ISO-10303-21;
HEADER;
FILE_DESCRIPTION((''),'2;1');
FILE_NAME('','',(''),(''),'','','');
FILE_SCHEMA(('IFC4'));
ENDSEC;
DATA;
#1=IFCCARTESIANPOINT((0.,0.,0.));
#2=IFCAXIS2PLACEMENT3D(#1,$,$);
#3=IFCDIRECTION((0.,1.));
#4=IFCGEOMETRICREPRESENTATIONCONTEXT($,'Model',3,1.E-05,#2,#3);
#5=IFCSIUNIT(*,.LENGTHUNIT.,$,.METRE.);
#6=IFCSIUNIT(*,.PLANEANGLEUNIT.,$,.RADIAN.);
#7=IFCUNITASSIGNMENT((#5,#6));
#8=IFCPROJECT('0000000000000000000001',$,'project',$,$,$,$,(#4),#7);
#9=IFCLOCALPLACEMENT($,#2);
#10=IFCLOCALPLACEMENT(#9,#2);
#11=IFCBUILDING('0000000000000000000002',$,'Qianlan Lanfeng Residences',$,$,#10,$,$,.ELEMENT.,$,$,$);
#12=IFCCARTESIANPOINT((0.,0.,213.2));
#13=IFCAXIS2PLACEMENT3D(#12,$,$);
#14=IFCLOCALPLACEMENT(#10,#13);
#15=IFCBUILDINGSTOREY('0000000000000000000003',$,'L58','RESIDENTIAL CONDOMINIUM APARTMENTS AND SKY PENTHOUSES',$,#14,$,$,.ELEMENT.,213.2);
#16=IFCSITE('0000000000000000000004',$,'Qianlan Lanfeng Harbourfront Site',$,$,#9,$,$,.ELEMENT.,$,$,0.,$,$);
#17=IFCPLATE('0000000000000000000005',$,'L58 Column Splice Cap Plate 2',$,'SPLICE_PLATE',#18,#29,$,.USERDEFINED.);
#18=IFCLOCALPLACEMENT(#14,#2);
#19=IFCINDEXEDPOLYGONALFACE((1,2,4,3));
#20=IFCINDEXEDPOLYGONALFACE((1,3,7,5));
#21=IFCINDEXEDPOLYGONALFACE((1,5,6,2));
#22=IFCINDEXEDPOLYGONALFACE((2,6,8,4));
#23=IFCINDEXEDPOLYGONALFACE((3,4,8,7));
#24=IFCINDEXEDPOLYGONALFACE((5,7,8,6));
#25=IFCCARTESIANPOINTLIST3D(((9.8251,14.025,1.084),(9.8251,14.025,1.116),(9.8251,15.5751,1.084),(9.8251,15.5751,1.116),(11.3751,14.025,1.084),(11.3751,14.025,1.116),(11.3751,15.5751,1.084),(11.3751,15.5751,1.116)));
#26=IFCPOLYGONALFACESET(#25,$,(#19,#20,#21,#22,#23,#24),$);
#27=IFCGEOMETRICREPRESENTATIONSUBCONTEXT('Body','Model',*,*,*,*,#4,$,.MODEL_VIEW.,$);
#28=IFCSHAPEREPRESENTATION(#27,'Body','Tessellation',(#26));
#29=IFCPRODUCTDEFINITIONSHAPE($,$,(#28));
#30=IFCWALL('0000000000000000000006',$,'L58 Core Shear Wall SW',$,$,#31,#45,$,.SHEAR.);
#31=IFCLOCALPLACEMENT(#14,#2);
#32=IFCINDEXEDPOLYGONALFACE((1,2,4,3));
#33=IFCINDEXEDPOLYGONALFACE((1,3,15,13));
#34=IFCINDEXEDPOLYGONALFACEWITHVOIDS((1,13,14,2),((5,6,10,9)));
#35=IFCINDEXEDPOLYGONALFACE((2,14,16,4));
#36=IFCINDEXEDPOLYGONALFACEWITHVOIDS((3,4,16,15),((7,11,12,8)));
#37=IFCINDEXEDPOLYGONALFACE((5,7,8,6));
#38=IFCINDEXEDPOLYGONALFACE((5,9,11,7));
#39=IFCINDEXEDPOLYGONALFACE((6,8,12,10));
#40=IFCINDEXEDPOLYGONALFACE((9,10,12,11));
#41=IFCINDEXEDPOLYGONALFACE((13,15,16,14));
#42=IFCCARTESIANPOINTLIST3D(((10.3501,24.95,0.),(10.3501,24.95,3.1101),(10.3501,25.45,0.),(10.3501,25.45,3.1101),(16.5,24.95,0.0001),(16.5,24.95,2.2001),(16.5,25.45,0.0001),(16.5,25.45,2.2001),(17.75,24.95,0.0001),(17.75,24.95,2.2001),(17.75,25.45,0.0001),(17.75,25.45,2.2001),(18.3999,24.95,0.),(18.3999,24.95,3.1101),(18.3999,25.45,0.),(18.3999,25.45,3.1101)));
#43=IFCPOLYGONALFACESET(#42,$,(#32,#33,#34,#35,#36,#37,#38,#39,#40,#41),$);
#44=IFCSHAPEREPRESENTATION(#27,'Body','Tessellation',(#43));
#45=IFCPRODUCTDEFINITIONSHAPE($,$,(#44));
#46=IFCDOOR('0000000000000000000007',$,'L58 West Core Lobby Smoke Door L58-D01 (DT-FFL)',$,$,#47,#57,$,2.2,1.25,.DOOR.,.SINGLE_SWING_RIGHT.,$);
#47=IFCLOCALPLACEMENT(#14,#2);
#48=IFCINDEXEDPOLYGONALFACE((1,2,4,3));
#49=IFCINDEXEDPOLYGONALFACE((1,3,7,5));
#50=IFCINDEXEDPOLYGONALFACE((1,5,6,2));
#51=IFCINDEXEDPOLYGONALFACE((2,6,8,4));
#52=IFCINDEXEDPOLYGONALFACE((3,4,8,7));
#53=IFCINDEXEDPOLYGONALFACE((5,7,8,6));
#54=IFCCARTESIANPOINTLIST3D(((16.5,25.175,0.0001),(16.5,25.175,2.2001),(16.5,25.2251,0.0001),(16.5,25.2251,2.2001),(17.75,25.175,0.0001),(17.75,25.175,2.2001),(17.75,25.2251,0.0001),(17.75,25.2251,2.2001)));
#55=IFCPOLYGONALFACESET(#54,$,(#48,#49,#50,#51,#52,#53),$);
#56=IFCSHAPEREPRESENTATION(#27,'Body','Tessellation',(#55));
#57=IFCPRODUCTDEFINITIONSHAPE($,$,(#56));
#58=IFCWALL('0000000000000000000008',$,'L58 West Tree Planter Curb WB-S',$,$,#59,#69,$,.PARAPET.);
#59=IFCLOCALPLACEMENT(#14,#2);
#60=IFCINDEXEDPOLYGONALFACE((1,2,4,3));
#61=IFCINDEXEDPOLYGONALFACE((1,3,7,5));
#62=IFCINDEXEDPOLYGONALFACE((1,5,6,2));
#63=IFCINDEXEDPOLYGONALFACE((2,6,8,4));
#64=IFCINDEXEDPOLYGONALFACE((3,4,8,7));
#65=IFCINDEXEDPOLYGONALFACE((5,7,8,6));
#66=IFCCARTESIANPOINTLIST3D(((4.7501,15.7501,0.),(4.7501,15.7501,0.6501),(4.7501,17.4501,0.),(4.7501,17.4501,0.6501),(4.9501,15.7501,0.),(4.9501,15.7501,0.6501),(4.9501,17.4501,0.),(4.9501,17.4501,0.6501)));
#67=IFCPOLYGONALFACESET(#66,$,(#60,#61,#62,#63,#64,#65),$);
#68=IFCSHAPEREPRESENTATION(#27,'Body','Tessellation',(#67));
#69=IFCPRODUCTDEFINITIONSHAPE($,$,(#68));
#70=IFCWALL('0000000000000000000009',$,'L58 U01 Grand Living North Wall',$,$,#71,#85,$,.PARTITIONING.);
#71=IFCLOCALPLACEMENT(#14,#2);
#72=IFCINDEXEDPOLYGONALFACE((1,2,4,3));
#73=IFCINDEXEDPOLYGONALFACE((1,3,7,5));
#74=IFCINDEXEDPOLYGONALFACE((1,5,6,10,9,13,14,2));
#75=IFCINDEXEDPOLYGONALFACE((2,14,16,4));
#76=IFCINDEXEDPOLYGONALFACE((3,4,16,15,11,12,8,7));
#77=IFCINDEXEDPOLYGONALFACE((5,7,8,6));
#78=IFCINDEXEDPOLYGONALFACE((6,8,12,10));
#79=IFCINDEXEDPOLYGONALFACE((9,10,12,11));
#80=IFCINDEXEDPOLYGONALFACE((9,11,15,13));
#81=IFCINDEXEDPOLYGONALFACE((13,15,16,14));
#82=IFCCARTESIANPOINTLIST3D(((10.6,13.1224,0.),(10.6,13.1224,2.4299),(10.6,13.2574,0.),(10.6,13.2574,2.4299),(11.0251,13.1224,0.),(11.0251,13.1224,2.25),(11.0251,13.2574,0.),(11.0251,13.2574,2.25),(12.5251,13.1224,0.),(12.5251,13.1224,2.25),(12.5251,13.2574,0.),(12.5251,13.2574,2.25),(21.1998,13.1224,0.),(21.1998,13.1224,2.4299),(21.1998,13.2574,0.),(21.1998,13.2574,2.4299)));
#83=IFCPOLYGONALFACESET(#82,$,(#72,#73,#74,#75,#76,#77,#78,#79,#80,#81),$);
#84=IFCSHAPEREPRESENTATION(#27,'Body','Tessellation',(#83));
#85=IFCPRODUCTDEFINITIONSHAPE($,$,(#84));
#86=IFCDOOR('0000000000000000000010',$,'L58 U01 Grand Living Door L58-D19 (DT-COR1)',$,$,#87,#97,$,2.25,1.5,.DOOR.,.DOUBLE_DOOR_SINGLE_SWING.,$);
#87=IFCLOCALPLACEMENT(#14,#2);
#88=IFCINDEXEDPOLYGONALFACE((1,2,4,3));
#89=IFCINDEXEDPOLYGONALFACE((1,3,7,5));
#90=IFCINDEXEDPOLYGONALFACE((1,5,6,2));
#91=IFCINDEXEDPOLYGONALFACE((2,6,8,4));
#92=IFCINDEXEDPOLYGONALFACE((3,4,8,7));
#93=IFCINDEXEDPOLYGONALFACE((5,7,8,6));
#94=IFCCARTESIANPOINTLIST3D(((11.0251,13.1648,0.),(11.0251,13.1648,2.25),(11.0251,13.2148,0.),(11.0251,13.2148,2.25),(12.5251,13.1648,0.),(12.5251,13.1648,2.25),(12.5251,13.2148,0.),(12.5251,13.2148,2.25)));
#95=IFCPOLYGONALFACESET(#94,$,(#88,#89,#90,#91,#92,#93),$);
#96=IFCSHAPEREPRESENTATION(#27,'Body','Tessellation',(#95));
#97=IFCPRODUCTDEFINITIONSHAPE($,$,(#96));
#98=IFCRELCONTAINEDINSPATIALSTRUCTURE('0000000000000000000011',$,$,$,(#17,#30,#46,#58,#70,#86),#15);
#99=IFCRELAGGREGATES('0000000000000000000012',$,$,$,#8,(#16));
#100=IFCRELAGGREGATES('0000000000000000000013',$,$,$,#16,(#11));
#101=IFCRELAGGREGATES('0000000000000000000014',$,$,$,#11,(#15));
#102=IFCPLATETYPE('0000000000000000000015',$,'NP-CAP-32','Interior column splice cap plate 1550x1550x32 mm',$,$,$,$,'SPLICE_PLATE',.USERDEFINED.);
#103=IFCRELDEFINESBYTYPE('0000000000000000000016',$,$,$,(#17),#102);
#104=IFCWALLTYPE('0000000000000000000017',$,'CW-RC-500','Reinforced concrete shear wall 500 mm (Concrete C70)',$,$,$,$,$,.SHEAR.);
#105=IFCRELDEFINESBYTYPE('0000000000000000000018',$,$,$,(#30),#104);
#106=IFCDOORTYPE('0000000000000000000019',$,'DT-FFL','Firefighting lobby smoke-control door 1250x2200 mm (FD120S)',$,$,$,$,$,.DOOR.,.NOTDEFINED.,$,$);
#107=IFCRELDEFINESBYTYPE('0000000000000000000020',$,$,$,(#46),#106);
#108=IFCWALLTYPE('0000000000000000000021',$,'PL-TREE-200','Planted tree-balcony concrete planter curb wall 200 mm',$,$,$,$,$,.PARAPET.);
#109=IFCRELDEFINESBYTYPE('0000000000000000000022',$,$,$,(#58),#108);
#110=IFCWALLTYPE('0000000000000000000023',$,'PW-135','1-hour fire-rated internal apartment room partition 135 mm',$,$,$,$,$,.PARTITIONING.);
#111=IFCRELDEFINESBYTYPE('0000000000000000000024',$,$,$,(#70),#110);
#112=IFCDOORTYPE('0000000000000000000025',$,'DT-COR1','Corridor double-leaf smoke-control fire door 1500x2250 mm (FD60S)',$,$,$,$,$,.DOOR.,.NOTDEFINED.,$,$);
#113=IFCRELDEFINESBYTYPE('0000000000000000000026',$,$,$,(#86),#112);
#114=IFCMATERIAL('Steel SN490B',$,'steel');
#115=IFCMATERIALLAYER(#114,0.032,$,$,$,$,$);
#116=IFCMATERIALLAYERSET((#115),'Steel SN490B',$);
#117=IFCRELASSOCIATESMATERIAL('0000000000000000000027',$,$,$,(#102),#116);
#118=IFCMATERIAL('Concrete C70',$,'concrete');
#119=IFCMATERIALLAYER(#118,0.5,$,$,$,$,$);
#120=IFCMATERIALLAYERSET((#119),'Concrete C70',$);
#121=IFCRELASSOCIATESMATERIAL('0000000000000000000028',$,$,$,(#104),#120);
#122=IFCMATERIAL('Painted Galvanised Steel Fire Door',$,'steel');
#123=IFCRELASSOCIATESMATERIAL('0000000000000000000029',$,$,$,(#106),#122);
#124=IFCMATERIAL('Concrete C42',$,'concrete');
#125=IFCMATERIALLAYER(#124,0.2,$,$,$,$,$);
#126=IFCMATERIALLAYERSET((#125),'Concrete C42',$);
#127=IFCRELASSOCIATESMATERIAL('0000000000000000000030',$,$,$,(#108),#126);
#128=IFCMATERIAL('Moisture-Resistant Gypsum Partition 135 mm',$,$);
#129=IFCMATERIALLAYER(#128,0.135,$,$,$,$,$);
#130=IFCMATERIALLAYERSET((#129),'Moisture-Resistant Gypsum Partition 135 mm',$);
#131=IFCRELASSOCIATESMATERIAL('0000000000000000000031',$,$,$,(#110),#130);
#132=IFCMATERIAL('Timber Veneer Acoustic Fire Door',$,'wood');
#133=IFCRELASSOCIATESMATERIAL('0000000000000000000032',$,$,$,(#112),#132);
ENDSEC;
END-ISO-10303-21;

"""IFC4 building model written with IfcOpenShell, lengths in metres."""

from ifc_helpers import new_model, si_unit, direction, frame, frame_2d, origin, origin_2d, place, context, subcontext, project, spatial, rectangle, extrude, source, transform, mapped, material, layer, layer_set, type_object, element, fill, save


model = new_model("IFC4")

# Units and contexts
model_context = context("Model", 3, precision=1e-05, world=origin(), true_north=direction((0.0, 1.0)))
body_context = subcontext(model_context, "Body", "Model", "MODEL_VIEW")
ifc_project = project(units=[si_unit("LENGTHUNIT", "METRE"), si_unit("PLANEANGLEUNIT", "RADIAN")], contexts=[model_context])

# Site, building, storey
site_placement = place(None, origin())
site = spatial("IfcSite", under=ifc_project, at=site_placement, Name="Qianlan Lanfeng Harbourfront Site", CompositionType="ELEMENT", RefElevation=0.0)
building_placement = place(site_placement, origin())
building = spatial("IfcBuilding", under=site, at=building_placement, Name="Qianlan Lanfeng Residences", CompositionType="ELEMENT")
storey_placement = place(building_placement, frame((0.0, 0.0, 213.2)))
storey = spatial("IfcBuildingStorey", under=building, at=storey_placement, Name="L58", Description="RESIDENTIAL CONDOMINIUM APARTMENTS AND SKY PENTHOUSES", CompositionType="ELEMENT", Elevation=213.2)

# Shared definitions
ifc_material_1 = material(Name="Steel SN490B", Category="steel")

# Plate
ifc_layer_1 = layer(ifc_material_1, 0.032)
ifc_layer_set_1 = layer_set([ifc_layer_1], Name="Steel SN490B")
plate_type = type_object("IfcPlateType", Name="NP-CAP-32", Description="Interior column splice cap plate 1550x1550x32 mm", ElementType="SPLICE_PLATE", PredefinedType="USERDEFINED", material=ifc_layer_set_1)
shared_shape = source(origin(), body_context, "Body", "SweptSolid", [
    extrude(rectangle(XDim=1.55, YDim=1.55, at=origin_2d()), origin(), (0.0, 0.0, 1.0), 0.032),
])
plate_placement = place(storey_placement, frame((10.6001, 14.8, 1.084), z_axis=(0.0, 0.0, 1.0), x_axis=(1.0, 0.0, 0.0)))
element("IfcPlate", 1, at=plate_placement, inside=storey, type_object=plate_type, Name="L58 Column Splice Cap Plate 2", ObjectType="SPLICE_PLATE", PredefinedType="USERDEFINED", context=body_context, shape_type="MappedRepresentation", body=[
    mapped(shared_shape, transform((0.0, 0.0, 0.0), scale=1.0)),
])

# Wall, opening, door
ifc_material_2 = material(Name="Concrete C70", Category="concrete")
ifc_layer_2 = layer(ifc_material_2, 0.5)
ifc_layer_set_2 = layer_set([ifc_layer_2], Name="Concrete C70")
wall_type_1 = type_object("IfcWallType", Name="CW-RC-500", Description="Reinforced concrete shear wall 500 mm (Concrete C70)", PredefinedType="SHEAR", material=ifc_layer_set_2)
wall_1_placement = place(storey_placement, frame((10.3501, 25.2, 0.0), z_axis=(0.0, 0.0, 1.0), x_axis=(1.0, 0.0, 0.0)))
wall_1 = element("IfcWall", 2, at=wall_1_placement, inside=storey, type_object=wall_type_1, Name="L58 Core Shear Wall SW", PredefinedType="SHEAR", context=body_context, shape_type="SweptSolid", body=[
    extrude(rectangle(XDim=8.0498, YDim=0.5, at=frame_2d((4.0249, 0.0))), origin(), (0.0, 0.0, 1.0), 3.1101),
])
opening_1_placement = place(wall_1_placement, frame((6.1499, 0.0, 0.0)))
opening_1 = element("IfcOpeningElement", 3, at=opening_1_placement, cuts=wall_1, PredefinedType="OPENING", context=body_context, shape_type="SweptSolid", body=[
    extrude(rectangle(XDim=1.25, YDim=2.2, at=frame_2d((0.625, 1.1001))), frame((0.0, 0.26, 0.0), z_axis=(0.0, -1.0, 0.0), x_axis=(1.0, 0.0, 0.0)), (0.0, 0.0, 1.0), 0.52),
])
ifc_material_3 = material(Name="Painted Galvanised Steel Fire Door", Category="steel")
door_type_1 = type_object("IfcDoorType", Name="DT-FFL", Description="Firefighting lobby smoke-control door 1250x2200 mm (FD120S)", OperationType="NOTDEFINED", PredefinedType="DOOR", material=ifc_material_3)
door_1_placement = place(opening_1_placement, frame((1.25, 0.0, 0.0), z_axis=(0.0, 0.0, 1.0), x_axis=(-1.0, 0.0, 0.0)))
door_1 = element("IfcDoor", 4, at=door_1_placement, inside=storey, type_object=door_type_1, Name="L58 West Core Lobby Smoke Door L58-D01 (DT-FFL)", OperationType="SINGLE_SWING_RIGHT", OverallHeight=2.2, OverallWidth=1.25, PredefinedType="DOOR", context=body_context, shape_type="SweptSolid", body=[
    extrude(rectangle(XDim=1.25, YDim=2.2, at=frame_2d((0.625, 1.1001))), frame((0.0, 0.0249, 0.0), z_axis=(0.0, -1.0, 0.0), x_axis=(1.0, 0.0, 0.0)), (0.0, 0.0, 1.0), 0.05),
])
fill(opening_1, door_1)

# Wall
ifc_material_4 = material(Name="Concrete C42", Category="concrete")
ifc_layer_3 = layer(ifc_material_4, 0.2)
ifc_layer_set_3 = layer_set([ifc_layer_3], Name="Concrete C42")
wall_type_2 = type_object("IfcWallType", Name="PL-TREE-200", Description="Planted tree-balcony concrete planter curb wall 200 mm", PredefinedType="PARAPET", material=ifc_layer_set_3)
wall_2_placement = place(storey_placement, frame((4.8501, 15.75, 0.0), z_axis=(0.0, 0.0, 1.0), x_axis=(0.0, 1.0, 0.0)))
element("IfcWall", 5, at=wall_2_placement, inside=storey, type_object=wall_type_2, Name="L58 West Tree Planter Curb WB-S", PredefinedType="PARAPET", context=body_context, shape_type="SweptSolid", body=[
    extrude(rectangle(XDim=1.7, YDim=0.2, at=frame_2d((0.8501, 0.0))), origin(), (0.0, 0.0, 1.0), 0.6501),
])

# Wall, opening, door
ifc_material_5 = material(Name="Moisture-Resistant Gypsum Partition 135 mm")
ifc_layer_4 = layer(ifc_material_5, 0.135)
ifc_layer_set_4 = layer_set([ifc_layer_4], Name="Moisture-Resistant Gypsum Partition 135 mm")
wall_type_3 = type_object("IfcWallType", Name="PW-135", Description="1-hour fire-rated internal apartment room partition 135 mm", PredefinedType="PARTITIONING", material=ifc_layer_set_4)
wall_3_placement = place(storey_placement, frame((10.6001, 13.1899, 0.0), z_axis=(0.0, 0.0, 1.0), x_axis=(1.0, 0.0, 0.0)))
wall_3 = element("IfcWall", 6, at=wall_3_placement, inside=storey, type_object=wall_type_3, Name="L58 U01 Grand Living North Wall", PredefinedType="PARTITIONING", context=body_context, shape_type="SweptSolid", body=[
    extrude(rectangle(XDim=10.5999, YDim=0.135, at=frame_2d((5.2998, 0.0))), origin(), (0.0, 0.0, 1.0), 2.4299),
])
opening_2_placement = place(wall_3_placement, frame((0.425, 0.0, 0.0)))
opening_2 = element("IfcOpeningElement", 7, at=opening_2_placement, cuts=wall_3, PredefinedType="OPENING", context=body_context, shape_type="SweptSolid", body=[
    extrude(rectangle(XDim=1.5, YDim=2.25, at=frame_2d((0.75, 1.125))), frame((0.0, 0.0776, 0.0), z_axis=(0.0, -1.0, 0.0), x_axis=(1.0, 0.0, 0.0)), (0.0, 0.0, 1.0), 0.155),
])
ifc_material_6 = material(Name="Timber Veneer Acoustic Fire Door", Category="wood")
door_type_2 = type_object("IfcDoorType", Name="DT-COR1", Description="Corridor double-leaf smoke-control fire door 1500x2250 mm (FD60S)", OperationType="NOTDEFINED", PredefinedType="DOOR", material=ifc_material_6)
door_2_placement = place(opening_2_placement, origin())
door_2 = element("IfcDoor", 8, at=door_2_placement, inside=storey, type_object=door_type_2, Name="L58 U01 Grand Living Door L58-D19 (DT-COR1)", OperationType="DOUBLE_DOOR_SINGLE_SWING", OverallHeight=2.25, OverallWidth=1.5, PredefinedType="DOOR", context=body_context, shape_type="SweptSolid", body=[
    extrude(rectangle(XDim=1.5, YDim=2.25, at=frame_2d((0.75, 1.125))), frame((0.0, 0.0249, 0.0), z_axis=(0.0, -1.0, 0.0), x_axis=(1.0, 0.0, 0.0)), (0.0, 0.0, 1.0), 0.05),
])
fill(opening_2, door_2)

save(model, "model.ifc")
